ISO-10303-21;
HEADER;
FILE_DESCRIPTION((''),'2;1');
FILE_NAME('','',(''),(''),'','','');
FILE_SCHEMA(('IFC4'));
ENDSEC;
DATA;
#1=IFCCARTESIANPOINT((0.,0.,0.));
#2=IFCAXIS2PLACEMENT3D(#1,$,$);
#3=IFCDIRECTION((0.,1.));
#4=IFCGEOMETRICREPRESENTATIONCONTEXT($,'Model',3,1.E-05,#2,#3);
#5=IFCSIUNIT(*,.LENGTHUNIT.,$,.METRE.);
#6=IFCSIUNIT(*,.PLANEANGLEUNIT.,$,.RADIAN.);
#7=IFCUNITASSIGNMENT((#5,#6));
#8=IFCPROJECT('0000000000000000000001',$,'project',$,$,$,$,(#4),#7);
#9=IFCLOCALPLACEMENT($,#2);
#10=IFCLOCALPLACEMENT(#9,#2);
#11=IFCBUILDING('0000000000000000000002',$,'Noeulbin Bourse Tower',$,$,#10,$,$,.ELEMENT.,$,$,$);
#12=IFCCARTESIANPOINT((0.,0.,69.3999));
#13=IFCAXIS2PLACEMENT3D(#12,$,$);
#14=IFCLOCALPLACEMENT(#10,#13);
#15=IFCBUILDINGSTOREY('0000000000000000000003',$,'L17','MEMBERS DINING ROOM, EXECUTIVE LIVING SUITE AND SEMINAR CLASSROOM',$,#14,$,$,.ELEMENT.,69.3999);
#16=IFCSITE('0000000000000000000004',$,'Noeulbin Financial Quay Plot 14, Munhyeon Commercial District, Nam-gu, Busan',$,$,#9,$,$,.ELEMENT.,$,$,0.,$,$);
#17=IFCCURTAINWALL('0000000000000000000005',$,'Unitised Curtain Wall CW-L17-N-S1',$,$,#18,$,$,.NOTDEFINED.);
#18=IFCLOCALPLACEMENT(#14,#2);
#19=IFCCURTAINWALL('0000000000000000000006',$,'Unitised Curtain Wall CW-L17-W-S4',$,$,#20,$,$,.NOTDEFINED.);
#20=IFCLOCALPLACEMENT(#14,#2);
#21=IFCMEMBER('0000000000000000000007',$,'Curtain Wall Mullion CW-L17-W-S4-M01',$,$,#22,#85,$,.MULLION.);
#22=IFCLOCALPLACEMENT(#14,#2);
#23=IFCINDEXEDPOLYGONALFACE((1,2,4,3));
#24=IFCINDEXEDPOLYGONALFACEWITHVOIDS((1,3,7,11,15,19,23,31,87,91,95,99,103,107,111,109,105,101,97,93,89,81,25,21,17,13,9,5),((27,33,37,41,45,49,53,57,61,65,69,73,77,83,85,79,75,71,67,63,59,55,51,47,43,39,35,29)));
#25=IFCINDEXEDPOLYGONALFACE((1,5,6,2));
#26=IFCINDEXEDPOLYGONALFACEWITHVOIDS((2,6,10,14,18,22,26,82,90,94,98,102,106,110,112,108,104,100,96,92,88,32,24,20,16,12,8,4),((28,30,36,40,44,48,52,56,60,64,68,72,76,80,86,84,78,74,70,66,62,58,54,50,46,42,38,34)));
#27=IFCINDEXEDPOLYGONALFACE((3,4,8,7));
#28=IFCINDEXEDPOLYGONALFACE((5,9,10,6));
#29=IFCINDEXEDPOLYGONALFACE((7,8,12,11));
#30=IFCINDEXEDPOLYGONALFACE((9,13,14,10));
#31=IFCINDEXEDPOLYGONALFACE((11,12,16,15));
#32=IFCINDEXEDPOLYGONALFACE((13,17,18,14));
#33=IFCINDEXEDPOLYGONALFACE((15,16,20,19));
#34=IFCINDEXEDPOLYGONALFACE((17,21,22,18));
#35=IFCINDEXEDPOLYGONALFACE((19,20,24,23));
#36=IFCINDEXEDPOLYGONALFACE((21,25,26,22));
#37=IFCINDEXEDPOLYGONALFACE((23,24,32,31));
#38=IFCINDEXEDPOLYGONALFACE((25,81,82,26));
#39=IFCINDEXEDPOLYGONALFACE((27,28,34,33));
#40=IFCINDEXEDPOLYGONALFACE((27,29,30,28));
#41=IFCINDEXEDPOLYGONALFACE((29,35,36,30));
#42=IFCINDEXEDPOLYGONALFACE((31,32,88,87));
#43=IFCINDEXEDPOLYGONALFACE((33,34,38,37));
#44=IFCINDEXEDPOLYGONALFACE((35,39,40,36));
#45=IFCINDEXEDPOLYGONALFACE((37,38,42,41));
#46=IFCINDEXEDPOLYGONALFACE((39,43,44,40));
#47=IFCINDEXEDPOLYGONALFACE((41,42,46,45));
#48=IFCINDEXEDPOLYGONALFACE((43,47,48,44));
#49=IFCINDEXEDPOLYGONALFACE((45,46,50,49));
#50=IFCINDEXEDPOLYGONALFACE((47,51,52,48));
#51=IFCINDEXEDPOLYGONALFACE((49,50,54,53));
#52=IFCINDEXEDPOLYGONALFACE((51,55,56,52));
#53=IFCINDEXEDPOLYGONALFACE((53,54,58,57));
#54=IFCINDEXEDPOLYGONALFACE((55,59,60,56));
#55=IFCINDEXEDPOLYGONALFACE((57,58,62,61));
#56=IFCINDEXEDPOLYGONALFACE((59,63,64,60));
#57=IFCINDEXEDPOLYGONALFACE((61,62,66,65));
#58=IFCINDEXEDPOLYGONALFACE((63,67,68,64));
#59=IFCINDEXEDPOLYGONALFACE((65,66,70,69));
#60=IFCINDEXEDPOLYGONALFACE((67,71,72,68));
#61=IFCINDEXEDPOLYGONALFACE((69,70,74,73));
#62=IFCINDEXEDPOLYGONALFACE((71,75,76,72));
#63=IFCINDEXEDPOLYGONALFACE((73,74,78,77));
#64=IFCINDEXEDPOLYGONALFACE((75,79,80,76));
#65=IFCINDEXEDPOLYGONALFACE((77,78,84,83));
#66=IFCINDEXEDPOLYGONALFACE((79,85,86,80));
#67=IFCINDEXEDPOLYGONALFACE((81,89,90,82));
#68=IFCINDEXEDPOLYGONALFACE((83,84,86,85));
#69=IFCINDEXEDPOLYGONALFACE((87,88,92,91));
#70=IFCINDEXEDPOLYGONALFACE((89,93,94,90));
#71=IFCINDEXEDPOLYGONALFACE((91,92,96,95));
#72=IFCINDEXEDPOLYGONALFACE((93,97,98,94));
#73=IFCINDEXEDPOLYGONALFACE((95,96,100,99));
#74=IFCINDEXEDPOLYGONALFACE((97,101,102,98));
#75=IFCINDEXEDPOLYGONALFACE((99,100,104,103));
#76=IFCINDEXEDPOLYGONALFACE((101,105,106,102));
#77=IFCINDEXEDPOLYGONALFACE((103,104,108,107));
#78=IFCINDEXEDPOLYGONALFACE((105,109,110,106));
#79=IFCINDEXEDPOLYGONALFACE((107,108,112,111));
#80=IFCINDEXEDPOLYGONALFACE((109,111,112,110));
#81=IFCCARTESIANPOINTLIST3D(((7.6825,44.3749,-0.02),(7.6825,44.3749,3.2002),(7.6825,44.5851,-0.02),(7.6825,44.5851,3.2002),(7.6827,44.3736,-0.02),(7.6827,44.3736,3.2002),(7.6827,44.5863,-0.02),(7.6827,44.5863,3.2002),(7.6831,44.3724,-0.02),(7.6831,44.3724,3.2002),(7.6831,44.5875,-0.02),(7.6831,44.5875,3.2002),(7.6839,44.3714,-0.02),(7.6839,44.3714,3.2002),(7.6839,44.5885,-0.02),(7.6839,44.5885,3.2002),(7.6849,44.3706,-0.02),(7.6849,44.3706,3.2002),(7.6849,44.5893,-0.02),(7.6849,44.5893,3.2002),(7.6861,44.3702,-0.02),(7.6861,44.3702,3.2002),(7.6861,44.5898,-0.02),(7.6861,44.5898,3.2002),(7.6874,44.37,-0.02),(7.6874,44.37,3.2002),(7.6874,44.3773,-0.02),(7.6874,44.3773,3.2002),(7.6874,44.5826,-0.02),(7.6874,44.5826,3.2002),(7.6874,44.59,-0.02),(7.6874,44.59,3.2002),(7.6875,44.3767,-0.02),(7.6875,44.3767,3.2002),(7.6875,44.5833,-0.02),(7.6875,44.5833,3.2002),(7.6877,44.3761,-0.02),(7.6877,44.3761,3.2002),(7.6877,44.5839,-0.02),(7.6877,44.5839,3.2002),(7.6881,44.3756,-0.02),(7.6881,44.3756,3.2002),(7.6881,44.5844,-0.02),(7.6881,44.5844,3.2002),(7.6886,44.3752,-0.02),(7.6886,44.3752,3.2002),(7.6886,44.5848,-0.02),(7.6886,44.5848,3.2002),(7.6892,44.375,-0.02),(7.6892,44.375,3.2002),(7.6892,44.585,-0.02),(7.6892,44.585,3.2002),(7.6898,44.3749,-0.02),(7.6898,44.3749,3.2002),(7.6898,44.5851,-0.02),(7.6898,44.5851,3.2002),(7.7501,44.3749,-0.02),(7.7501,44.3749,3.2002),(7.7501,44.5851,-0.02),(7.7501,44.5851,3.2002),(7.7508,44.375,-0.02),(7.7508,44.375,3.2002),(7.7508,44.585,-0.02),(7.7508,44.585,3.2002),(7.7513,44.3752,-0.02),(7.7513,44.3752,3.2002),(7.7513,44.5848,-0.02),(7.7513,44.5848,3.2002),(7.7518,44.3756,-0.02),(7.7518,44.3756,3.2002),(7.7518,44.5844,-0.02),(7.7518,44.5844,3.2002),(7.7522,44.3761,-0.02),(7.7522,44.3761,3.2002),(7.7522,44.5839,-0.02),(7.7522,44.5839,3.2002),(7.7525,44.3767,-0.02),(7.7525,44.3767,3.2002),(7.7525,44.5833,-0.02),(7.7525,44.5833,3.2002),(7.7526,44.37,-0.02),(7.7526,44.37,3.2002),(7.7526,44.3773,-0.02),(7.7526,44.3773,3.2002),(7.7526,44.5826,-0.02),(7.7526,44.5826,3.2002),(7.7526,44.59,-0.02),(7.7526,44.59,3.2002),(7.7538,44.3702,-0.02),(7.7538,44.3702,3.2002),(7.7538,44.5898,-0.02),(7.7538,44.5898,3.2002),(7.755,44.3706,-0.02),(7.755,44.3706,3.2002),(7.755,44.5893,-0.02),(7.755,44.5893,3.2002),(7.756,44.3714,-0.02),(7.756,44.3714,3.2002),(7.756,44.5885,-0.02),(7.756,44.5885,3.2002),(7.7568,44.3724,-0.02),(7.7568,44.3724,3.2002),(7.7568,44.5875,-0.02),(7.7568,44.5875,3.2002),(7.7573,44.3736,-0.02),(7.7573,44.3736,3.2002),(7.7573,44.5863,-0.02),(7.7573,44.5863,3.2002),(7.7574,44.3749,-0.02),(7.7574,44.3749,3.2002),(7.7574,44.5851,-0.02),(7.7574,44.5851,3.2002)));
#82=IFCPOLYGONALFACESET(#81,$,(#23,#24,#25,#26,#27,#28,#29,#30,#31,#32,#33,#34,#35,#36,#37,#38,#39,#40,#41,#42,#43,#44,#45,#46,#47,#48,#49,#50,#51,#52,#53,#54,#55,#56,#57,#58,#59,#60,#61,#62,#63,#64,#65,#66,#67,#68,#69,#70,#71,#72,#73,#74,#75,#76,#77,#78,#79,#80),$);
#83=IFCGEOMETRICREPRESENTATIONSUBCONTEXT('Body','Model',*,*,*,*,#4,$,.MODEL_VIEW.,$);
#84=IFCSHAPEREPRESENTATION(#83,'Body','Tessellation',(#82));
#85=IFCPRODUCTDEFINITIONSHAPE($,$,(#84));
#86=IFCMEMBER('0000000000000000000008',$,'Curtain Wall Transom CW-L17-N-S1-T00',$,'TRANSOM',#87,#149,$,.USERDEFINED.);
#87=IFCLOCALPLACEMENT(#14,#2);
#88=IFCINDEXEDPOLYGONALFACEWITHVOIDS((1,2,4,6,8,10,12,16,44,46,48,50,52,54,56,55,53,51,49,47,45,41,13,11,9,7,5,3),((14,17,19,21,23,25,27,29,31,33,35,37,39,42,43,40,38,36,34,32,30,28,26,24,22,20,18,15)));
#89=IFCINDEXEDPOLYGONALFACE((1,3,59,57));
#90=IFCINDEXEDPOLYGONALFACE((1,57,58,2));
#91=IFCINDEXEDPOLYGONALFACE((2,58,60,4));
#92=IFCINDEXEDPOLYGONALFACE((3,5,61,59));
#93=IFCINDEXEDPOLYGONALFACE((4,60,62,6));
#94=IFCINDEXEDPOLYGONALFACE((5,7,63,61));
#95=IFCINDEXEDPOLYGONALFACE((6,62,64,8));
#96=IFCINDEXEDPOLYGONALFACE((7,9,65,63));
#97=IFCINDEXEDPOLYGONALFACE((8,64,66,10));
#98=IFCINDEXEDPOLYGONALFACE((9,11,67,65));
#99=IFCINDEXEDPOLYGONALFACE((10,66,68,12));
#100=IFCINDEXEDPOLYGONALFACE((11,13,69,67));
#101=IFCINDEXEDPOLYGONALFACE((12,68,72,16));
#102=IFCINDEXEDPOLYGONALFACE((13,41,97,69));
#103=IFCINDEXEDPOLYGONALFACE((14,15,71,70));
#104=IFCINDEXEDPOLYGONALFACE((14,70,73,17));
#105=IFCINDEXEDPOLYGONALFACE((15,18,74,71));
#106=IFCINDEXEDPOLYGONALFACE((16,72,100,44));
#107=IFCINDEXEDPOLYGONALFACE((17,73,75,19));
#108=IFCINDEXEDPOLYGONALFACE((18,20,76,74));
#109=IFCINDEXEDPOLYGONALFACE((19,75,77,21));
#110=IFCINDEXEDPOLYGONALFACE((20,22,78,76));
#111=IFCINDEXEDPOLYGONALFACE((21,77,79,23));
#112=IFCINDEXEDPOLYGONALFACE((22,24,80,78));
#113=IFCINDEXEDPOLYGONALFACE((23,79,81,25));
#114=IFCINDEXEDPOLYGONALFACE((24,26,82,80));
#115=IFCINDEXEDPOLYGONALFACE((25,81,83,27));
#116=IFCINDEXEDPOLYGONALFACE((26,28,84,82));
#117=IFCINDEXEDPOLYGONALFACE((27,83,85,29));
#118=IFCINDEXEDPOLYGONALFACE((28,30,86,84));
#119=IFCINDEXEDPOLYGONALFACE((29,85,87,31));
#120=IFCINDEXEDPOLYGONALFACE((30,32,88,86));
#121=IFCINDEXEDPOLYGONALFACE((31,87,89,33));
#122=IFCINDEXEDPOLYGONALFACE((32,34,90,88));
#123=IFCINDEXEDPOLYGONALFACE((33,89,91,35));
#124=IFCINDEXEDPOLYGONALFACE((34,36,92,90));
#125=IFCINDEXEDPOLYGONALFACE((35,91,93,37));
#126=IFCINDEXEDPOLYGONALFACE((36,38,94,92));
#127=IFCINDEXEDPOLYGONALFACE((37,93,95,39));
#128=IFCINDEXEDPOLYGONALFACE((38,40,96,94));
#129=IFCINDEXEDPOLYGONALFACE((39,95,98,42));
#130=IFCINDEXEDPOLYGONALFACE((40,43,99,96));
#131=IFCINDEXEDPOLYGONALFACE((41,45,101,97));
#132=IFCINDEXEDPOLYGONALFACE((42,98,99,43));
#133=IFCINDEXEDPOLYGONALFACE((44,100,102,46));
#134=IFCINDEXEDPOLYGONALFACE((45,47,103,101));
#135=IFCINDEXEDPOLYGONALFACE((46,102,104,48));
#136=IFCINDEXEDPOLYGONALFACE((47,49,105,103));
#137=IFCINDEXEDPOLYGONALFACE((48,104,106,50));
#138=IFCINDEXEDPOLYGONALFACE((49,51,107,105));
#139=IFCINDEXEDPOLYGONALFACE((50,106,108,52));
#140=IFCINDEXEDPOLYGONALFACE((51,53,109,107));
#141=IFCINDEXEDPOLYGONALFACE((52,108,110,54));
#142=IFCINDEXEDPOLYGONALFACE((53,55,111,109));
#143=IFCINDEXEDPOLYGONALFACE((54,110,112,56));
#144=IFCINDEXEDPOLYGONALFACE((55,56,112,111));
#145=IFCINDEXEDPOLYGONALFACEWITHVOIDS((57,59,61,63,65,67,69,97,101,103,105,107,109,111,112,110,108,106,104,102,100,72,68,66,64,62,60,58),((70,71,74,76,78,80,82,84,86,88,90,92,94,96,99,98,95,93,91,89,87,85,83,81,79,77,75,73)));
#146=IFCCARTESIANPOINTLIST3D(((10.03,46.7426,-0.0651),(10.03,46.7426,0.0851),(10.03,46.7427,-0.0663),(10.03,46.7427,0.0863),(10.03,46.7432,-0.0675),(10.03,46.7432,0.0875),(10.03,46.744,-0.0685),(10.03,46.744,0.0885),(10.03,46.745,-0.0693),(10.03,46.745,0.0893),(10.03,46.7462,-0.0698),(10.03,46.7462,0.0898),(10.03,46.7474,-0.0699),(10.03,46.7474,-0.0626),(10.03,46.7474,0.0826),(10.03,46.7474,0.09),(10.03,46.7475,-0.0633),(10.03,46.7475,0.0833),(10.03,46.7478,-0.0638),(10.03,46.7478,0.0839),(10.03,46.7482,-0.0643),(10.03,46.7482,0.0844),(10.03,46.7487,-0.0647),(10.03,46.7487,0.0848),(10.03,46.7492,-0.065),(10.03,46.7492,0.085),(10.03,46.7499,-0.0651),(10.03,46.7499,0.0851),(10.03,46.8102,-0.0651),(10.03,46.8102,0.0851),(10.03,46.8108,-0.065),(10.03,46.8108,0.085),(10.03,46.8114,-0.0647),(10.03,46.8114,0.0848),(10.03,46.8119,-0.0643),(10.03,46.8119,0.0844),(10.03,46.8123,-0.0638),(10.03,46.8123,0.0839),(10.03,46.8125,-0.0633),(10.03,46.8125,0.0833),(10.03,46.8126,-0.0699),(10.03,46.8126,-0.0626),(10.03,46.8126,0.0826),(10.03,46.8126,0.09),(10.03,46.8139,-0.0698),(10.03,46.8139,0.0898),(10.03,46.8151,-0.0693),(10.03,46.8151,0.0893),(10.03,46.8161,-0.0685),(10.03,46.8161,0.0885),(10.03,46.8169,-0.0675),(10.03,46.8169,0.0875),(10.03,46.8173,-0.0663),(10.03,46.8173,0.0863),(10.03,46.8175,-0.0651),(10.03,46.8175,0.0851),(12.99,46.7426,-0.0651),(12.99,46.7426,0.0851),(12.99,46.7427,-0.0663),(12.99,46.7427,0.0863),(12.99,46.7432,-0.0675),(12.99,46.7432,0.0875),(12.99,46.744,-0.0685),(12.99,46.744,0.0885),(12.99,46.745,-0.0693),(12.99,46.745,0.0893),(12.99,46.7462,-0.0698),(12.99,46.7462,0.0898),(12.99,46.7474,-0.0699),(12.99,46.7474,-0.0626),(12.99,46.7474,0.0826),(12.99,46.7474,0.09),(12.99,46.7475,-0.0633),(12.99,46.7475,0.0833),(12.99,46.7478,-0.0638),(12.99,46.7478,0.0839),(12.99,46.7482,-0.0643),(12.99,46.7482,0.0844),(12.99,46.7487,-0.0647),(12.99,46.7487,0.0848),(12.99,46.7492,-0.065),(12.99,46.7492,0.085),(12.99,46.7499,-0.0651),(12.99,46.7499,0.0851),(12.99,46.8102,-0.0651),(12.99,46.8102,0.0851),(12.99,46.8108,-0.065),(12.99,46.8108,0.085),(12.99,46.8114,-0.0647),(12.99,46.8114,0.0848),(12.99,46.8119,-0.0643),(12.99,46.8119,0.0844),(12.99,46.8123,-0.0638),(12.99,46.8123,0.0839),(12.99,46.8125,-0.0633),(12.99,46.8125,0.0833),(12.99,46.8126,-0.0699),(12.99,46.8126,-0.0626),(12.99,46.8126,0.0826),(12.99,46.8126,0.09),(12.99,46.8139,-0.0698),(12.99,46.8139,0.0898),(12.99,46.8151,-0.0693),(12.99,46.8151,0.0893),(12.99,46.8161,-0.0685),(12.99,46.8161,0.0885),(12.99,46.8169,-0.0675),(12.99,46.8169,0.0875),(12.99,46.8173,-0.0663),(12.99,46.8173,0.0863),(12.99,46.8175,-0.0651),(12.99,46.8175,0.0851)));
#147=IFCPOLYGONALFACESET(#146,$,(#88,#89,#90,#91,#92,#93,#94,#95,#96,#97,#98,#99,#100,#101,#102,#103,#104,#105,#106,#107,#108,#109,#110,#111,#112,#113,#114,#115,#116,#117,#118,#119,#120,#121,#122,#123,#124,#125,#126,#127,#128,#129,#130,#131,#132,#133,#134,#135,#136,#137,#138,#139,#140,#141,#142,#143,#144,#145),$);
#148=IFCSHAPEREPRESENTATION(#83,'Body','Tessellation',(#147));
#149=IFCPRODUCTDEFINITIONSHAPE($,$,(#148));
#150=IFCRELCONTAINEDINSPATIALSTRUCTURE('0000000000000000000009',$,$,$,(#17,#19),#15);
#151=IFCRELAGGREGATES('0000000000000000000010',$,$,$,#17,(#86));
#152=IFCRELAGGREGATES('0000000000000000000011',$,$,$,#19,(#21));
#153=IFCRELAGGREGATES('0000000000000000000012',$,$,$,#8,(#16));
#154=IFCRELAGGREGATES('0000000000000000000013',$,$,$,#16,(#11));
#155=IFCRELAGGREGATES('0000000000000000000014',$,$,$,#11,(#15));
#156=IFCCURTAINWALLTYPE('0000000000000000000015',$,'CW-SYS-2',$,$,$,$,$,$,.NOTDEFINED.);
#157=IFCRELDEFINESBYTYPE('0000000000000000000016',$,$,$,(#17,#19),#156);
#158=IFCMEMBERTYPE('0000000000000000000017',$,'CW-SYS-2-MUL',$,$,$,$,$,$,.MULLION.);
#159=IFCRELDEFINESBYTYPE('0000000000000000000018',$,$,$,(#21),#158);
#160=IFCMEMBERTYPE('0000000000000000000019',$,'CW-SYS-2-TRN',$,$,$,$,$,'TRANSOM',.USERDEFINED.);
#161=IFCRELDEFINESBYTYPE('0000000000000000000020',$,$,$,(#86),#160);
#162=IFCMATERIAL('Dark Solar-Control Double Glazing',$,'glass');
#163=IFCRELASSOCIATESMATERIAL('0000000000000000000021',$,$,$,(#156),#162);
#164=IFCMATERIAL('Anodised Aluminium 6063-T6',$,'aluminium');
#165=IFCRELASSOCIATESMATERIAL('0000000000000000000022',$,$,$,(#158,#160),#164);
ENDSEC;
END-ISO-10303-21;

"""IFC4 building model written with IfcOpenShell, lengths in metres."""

from ifc_helpers import new_model, si_unit, direction, frame, origin, origin_2d, place, context, subcontext, project, spatial, hollow_rectangle, extrude, material, material_profile, profile_set, type_object, element, aggregate, save


model = new_model("IFC4")

# Units and contexts
model_context = context("Model", 3, precision=1e-05, world=origin(), true_north=direction((0.0, 1.0)))
body_context = subcontext(model_context, "Body", "Model", "MODEL_VIEW")
ifc_project = project(units=[si_unit("LENGTHUNIT", "METRE"), si_unit("PLANEANGLEUNIT", "RADIAN")], contexts=[model_context])

# Site, building, storey
site_placement = place(None, origin())
site = spatial("IfcSite", under=ifc_project, at=site_placement, Name="Noeulbin Financial Quay Plot 14, Munhyeon Commercial District, Nam-gu, Busan", CompositionType="ELEMENT", RefElevation=0.0)
building_placement = place(site_placement, origin())
building = spatial("IfcBuilding", under=site, at=building_placement, Name="Noeulbin Bourse Tower", CompositionType="ELEMENT")
storey_placement = place(building_placement, frame((0.0, 0.0, 69.3999)))
storey = spatial("IfcBuildingStorey", under=building, at=storey_placement, Name="L17", Description="MEMBERS DINING ROOM, EXECUTIVE LIVING SUITE AND SEMINAR CLASSROOM", CompositionType="ELEMENT", Elevation=69.3999)

# Curtain wall
ifc_material_1 = material(Name="Dark Solar-Control Double Glazing", Category="glass")
curtain_wall_type = type_object("IfcCurtainWallType", Name="CW-SYS-2", PredefinedType="NOTDEFINED", material=ifc_material_1)
curtain_wall_1_placement = place(storey_placement, origin())
curtain_wall_1 = element("IfcCurtainWall", 1, at=curtain_wall_1_placement, inside=storey, type_object=curtain_wall_type, Name="Unitised Curtain Wall CW-L17-N-S1", PredefinedType="NOTDEFINED")
ifc_material_2 = material(Name="Anodised Aluminium 6063-T6", Category="aluminium")
ifc_material_profile_1 = material_profile(ifc_material_2, hollow_rectangle(XDim=0.075, YDim=0.22, WallThickness=0.0049, InnerFilletRadius=0.0024, OuterFilletRadius=0.0049, at=origin_2d()), Name="ALU-MULL-75x220x5", Category="LoadBearing")
ifc_profile_set_1 = profile_set([ifc_material_profile_1], Name="Anodised Aluminium 6063-T6")
member_type_1 = type_object("IfcMemberType", Name="CW-SYS-2-MUL", PredefinedType="MULLION", material=ifc_profile_set_1)

# Curtain wall, member
curtain_wall_2_placement = place(storey_placement, origin())
curtain_wall_2 = element("IfcCurtainWall", 2, at=curtain_wall_2_placement, inside=storey, type_object=curtain_wall_type, Name="Unitised Curtain Wall CW-L17-W-S4", PredefinedType="NOTDEFINED")
member_1_placement = place(storey_placement, frame((7.72, 44.48, -0.02), z_axis=(0.0, 0.0, 1.0), x_axis=(1.0, 0.0, 0.0)))
member_1 = element("IfcMember", 3, at=member_1_placement, type_object=member_type_1, Name="Curtain Wall Mullion CW-L17-W-S4-M01", PredefinedType="MULLION", context=body_context, shape_type="SweptSolid", body=[
    extrude(hollow_rectangle(XDim=0.075, YDim=0.22, WallThickness=0.0049, InnerFilletRadius=0.0024, OuterFilletRadius=0.0049, at=origin_2d()), origin(), (0.0, 0.0, 1.0), 3.2202),
])

# Member
ifc_material_profile_2 = material_profile(ifc_material_2, hollow_rectangle(XDim=0.075, YDim=0.1599, WallThickness=0.0049, InnerFilletRadius=0.0024, OuterFilletRadius=0.0049, at=origin_2d()), Name="ALU-TRAN-75x160x5", Category="LoadBearing")
ifc_profile_set_2 = profile_set([ifc_material_profile_2], Name="Anodised Aluminium 6063-T6")
member_type_2 = type_object("IfcMemberType", Name="CW-SYS-2-TRN", ElementType="TRANSOM", PredefinedType="USERDEFINED", material=ifc_profile_set_2)
member_2_placement = place(storey_placement, frame((10.03, 46.78, 0.01), z_axis=(1.0, 0.0, 0.0), x_axis=(0.0, 1.0, 0.0)))
member_2 = element("IfcMember", 4, at=member_2_placement, type_object=member_type_2, Name="Curtain Wall Transom CW-L17-N-S1-T00", ObjectType="TRANSOM", PredefinedType="USERDEFINED", context=body_context, shape_type="SweptSolid", body=[
    extrude(hollow_rectangle(XDim=0.075, YDim=0.1599, WallThickness=0.0049, InnerFilletRadius=0.0024, OuterFilletRadius=0.0049, at=origin_2d()), origin(), (0.0, 0.0, 1.0), 2.96),
])

aggregate(curtain_wall_1, [member_2])
aggregate(curtain_wall_2, [member_1])

save(model, "model.ifc")
